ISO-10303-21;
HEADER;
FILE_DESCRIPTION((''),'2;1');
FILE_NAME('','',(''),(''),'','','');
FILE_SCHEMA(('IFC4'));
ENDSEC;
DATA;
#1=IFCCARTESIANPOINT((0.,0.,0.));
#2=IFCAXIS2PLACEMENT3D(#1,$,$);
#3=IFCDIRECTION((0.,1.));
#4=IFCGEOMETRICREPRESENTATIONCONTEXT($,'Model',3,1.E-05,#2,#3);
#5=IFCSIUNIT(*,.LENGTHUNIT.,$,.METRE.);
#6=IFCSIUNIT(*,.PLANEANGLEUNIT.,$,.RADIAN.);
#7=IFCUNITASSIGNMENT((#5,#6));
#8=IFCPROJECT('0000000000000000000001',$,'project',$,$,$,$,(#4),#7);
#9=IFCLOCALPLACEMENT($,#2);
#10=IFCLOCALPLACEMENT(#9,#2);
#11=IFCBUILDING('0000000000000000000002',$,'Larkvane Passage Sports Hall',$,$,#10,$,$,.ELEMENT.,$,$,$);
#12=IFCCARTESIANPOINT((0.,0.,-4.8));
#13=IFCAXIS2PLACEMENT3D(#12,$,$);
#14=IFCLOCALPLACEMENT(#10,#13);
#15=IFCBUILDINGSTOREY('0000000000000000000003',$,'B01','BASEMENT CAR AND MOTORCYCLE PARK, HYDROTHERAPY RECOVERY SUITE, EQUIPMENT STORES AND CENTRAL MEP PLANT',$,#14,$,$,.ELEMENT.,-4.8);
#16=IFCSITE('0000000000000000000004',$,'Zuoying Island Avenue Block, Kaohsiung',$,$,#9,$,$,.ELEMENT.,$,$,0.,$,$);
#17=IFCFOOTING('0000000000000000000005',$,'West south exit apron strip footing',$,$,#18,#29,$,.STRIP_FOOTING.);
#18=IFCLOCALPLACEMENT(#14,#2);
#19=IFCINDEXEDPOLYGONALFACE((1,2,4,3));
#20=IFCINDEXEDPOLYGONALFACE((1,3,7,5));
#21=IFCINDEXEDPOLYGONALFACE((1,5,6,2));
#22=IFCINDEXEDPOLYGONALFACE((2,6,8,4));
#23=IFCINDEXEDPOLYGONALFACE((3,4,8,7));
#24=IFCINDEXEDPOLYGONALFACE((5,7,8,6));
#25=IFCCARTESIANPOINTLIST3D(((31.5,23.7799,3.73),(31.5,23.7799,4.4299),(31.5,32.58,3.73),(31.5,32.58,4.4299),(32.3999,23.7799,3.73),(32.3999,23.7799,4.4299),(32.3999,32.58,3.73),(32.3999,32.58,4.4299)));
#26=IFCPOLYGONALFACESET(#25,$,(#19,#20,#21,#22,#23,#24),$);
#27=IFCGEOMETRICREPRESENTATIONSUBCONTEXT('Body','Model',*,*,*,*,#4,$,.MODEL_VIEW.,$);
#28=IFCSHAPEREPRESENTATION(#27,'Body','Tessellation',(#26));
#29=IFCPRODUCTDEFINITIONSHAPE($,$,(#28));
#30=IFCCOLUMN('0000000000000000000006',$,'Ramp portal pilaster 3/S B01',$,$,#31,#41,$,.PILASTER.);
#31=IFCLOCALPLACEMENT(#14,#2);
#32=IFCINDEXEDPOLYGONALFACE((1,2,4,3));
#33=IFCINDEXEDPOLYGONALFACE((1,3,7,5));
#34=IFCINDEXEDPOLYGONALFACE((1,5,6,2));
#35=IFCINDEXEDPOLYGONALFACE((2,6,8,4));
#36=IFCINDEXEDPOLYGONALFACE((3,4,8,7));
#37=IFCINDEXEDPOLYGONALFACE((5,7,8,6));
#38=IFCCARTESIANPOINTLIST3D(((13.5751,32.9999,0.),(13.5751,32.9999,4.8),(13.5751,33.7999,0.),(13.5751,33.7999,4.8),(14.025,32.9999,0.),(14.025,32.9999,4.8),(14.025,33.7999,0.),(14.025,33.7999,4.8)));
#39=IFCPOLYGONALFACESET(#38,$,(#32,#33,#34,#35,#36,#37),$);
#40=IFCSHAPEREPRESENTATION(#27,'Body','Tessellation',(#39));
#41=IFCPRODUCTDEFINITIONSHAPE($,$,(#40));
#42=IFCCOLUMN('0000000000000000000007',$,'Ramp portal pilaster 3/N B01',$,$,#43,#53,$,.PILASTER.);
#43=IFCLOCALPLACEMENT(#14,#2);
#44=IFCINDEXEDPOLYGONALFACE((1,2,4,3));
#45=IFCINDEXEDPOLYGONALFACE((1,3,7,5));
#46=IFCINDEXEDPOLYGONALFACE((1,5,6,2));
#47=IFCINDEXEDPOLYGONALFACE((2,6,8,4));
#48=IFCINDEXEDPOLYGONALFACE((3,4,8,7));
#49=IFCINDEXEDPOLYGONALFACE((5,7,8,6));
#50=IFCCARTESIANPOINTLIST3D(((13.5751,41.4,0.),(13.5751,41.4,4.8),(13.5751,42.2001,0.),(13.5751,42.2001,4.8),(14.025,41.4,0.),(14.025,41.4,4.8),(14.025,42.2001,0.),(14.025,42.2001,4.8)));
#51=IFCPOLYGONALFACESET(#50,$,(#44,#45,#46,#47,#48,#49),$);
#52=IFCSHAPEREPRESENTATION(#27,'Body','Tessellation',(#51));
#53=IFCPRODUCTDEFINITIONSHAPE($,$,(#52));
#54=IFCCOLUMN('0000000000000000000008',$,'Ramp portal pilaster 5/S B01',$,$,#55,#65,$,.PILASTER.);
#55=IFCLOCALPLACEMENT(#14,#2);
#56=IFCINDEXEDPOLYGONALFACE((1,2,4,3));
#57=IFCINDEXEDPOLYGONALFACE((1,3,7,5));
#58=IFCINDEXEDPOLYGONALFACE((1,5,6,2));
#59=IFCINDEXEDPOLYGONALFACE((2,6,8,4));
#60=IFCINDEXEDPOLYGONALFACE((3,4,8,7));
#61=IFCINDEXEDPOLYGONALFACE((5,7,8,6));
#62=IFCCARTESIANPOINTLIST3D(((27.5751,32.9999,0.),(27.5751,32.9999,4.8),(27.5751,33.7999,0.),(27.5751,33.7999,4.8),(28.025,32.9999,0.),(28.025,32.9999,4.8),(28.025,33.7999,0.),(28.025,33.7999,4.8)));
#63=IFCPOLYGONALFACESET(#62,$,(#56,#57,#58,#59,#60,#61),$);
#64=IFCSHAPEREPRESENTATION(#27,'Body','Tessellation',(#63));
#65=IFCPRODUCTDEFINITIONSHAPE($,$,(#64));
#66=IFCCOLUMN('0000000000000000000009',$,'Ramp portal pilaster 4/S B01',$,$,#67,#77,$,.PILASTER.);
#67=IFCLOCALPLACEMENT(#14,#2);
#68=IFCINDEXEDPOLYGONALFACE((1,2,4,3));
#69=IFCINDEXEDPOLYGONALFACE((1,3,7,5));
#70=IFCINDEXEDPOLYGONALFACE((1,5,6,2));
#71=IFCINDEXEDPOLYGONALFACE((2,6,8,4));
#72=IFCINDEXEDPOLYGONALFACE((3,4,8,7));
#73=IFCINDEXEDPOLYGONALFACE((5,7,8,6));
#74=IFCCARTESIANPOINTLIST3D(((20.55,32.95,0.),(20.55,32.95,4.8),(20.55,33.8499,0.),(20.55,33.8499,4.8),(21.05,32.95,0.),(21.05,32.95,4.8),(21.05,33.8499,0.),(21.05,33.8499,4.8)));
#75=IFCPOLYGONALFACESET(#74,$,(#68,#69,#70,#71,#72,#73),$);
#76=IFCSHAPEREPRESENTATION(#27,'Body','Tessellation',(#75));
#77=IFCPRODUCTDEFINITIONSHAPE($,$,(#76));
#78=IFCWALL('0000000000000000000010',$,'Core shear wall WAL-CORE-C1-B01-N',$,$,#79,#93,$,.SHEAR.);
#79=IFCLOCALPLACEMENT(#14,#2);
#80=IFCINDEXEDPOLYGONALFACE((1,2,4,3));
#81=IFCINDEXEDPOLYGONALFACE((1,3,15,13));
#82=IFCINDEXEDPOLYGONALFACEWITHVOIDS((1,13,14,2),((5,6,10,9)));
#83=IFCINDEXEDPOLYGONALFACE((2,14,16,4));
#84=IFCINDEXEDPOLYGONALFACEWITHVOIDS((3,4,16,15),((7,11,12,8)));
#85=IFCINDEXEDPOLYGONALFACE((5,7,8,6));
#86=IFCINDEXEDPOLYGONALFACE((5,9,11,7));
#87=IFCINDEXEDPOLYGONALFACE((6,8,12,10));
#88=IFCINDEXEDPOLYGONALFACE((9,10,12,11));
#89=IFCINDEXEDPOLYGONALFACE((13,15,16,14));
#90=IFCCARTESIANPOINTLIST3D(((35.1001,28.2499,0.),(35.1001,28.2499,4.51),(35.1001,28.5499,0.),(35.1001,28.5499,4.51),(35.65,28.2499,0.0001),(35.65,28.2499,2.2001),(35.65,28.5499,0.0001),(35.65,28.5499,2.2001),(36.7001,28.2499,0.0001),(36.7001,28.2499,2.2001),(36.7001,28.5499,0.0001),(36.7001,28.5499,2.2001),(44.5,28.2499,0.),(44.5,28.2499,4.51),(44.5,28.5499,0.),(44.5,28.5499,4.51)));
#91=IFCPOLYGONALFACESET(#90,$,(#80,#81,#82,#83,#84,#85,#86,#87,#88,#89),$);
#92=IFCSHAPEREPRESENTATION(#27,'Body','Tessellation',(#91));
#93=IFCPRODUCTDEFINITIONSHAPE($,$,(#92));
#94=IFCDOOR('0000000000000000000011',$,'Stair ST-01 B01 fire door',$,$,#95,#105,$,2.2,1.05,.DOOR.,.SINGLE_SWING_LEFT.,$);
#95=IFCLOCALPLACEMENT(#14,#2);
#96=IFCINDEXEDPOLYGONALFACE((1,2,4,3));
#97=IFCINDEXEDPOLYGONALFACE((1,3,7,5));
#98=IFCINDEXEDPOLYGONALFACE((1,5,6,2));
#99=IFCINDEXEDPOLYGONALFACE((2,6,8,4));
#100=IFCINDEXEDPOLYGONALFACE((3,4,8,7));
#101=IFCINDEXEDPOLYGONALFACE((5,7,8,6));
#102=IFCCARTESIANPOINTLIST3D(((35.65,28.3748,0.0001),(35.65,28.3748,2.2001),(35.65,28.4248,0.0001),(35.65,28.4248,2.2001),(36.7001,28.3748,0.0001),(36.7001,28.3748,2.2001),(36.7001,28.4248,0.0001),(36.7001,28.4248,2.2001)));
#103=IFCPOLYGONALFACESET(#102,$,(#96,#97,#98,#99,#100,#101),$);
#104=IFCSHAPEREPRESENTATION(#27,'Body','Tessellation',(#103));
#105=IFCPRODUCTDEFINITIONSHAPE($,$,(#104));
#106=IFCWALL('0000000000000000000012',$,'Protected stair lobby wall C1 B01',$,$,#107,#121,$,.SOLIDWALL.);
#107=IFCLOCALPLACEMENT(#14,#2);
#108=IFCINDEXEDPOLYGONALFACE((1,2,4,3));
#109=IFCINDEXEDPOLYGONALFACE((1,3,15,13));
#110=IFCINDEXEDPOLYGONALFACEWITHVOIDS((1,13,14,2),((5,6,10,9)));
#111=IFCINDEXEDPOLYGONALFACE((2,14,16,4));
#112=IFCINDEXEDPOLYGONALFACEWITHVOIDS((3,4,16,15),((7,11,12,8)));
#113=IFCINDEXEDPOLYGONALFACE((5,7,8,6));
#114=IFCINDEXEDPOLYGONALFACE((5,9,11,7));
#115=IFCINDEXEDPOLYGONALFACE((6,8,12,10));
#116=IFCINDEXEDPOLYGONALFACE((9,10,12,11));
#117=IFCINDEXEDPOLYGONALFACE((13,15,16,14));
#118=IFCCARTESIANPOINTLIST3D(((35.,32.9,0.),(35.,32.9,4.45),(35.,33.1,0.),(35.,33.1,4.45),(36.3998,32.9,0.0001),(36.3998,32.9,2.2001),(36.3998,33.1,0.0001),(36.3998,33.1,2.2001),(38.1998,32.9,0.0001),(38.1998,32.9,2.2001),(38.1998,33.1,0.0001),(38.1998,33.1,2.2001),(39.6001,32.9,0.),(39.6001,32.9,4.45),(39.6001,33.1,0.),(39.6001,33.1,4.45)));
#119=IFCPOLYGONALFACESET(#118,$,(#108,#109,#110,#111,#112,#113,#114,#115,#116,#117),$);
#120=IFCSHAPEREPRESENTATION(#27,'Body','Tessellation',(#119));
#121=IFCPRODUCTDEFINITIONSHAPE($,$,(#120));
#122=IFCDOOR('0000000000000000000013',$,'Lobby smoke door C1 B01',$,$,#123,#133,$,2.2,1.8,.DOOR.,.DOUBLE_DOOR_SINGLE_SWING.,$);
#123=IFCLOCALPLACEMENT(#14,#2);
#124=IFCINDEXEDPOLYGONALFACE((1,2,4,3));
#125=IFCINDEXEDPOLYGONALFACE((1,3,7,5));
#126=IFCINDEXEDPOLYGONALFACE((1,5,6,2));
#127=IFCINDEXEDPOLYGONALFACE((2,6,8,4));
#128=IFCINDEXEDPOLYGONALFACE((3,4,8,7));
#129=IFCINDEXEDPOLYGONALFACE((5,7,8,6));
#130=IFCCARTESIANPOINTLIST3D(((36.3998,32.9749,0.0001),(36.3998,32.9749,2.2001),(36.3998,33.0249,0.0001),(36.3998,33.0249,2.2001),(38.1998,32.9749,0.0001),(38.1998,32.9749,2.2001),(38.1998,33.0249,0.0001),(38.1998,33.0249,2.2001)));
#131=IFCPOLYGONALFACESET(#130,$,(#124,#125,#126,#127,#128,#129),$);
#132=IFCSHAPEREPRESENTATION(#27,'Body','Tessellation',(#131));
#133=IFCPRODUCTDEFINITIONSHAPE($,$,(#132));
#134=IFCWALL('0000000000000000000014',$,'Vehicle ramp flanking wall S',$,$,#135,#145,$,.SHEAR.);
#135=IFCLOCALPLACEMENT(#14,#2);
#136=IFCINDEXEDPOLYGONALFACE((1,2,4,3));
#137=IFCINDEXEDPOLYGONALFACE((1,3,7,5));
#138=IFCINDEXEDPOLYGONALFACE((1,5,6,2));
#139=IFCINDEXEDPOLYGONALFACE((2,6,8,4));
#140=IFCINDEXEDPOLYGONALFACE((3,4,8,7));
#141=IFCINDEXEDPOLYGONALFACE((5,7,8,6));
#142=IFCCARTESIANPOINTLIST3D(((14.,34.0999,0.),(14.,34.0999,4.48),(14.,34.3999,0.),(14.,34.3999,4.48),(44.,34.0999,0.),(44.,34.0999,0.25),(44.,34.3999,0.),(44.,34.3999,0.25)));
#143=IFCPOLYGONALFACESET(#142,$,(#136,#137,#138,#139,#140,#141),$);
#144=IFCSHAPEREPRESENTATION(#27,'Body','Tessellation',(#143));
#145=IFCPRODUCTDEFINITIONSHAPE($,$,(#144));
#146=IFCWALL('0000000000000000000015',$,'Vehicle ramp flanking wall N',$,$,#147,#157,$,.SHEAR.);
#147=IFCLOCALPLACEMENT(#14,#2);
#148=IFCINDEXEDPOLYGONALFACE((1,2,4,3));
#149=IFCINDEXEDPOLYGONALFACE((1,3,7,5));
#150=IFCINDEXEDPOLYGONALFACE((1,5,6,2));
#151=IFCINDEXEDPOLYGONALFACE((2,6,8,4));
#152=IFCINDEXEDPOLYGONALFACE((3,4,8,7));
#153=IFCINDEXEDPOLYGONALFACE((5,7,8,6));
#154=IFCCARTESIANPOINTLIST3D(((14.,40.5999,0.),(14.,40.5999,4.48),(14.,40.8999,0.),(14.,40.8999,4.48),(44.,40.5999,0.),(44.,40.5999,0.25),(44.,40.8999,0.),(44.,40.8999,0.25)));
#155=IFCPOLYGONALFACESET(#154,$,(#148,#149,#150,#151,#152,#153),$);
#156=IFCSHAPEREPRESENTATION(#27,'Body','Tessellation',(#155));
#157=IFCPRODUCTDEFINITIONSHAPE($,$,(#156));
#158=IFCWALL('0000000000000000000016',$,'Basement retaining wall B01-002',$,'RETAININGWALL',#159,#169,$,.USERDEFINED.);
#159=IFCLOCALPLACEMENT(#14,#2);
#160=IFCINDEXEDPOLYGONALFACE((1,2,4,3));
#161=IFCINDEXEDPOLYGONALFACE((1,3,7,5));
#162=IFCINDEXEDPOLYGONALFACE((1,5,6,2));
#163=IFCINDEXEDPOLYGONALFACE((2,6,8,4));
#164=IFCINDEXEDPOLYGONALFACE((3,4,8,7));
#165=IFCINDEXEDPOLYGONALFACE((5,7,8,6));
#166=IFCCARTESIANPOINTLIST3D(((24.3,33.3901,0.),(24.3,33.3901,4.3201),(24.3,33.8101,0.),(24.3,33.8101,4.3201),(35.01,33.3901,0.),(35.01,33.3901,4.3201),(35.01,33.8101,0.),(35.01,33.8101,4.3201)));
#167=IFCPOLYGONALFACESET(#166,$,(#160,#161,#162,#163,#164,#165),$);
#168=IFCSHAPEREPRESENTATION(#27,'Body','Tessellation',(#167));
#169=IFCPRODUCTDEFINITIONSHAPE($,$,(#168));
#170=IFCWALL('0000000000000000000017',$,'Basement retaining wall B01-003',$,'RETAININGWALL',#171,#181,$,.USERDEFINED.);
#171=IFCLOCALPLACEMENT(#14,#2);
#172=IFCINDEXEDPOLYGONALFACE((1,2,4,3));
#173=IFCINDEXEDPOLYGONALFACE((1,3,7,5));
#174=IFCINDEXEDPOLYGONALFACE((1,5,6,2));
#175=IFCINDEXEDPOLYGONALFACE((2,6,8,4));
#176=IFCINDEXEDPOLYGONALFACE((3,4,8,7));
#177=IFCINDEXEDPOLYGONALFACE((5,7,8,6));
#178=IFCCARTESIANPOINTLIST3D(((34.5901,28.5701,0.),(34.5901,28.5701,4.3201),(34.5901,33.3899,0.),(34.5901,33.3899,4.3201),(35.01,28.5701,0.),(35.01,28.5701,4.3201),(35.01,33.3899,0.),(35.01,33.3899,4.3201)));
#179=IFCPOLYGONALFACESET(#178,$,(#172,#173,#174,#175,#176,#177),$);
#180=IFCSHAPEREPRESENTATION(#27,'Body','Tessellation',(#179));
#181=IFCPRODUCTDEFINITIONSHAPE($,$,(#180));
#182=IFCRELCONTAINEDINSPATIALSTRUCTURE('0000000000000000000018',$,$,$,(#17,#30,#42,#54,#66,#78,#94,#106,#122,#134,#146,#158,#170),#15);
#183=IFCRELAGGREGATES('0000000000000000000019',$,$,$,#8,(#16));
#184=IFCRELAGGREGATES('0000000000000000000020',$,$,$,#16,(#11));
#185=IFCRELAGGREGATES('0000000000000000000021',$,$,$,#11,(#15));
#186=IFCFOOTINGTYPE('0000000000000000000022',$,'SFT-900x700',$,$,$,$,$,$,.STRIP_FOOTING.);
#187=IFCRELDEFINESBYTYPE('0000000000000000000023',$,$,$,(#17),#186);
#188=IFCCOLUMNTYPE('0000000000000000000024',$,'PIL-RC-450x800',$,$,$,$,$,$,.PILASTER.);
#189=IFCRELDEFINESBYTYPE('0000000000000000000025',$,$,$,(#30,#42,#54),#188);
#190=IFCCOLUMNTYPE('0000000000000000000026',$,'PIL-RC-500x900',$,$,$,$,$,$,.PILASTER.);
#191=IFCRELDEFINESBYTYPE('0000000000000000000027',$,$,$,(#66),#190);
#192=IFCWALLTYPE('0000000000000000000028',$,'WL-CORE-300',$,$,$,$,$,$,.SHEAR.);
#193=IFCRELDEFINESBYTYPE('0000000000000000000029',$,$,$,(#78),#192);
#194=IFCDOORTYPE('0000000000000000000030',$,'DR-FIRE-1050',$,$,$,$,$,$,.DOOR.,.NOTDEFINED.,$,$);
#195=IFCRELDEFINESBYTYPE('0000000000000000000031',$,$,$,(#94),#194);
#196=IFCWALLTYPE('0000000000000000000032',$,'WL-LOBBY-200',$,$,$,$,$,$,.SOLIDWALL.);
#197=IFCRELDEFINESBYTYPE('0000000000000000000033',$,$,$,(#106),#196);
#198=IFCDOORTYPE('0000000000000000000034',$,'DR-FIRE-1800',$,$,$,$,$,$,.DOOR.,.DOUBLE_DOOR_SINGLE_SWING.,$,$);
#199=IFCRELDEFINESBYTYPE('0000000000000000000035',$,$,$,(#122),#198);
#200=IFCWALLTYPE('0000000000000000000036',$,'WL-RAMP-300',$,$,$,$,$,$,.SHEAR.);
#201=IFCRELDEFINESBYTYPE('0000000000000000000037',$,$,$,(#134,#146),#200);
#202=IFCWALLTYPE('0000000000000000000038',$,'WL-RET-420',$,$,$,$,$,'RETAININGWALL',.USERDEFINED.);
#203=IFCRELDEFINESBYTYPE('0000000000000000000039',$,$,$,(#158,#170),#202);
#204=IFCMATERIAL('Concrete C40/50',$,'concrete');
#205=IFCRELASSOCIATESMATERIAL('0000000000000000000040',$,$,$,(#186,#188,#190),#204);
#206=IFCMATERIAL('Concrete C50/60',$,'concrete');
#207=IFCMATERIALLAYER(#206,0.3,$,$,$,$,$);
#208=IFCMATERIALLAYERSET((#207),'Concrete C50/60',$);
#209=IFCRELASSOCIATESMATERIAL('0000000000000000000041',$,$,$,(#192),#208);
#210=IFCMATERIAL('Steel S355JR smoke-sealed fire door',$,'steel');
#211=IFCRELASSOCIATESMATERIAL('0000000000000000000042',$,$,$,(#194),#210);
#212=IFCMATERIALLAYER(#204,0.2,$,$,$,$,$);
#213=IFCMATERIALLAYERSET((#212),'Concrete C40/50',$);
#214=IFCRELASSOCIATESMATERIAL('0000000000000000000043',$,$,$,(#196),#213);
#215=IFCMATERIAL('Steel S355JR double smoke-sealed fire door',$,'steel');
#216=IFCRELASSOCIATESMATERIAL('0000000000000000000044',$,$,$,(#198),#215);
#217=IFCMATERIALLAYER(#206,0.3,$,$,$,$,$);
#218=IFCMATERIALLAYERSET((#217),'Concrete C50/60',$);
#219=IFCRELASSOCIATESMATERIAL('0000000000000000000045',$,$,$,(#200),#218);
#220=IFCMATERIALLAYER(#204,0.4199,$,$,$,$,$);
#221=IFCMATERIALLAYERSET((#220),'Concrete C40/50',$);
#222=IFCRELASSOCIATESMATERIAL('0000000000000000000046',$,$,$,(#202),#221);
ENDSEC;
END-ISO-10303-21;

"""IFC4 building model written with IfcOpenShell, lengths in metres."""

from ifc_helpers import new_model, si_unit, direction, frame, frame_2d, origin, origin_2d, place, context, subcontext, project, spatial, polyline, rectangle, outline, extrude, material, layer, layer_set, material_profile, profile_set, type_object, element, fill, save


model = new_model("IFC4")

# Units and contexts
model_context = context("Model", 3, precision=1e-05, world=origin(), true_north=direction((0.0, 1.0)))
body_context = subcontext(model_context, "Body", "Model", "MODEL_VIEW")
ifc_project = project(units=[si_unit("LENGTHUNIT", "METRE"), si_unit("PLANEANGLEUNIT", "RADIAN")], contexts=[model_context])

# Site, building, storey
site_placement = place(None, origin())
site = spatial("IfcSite", under=ifc_project, at=site_placement, Name="Zuoying Island Avenue Block, Kaohsiung", CompositionType="ELEMENT", RefElevation=0.0)
building_placement = place(site_placement, origin())
building = spatial("IfcBuilding", under=site, at=building_placement, Name="Larkvane Passage Sports Hall", CompositionType="ELEMENT")
storey_placement = place(building_placement, frame((0.0, 0.0, -4.8)))
storey = spatial("IfcBuildingStorey", under=building, at=storey_placement, Name="B01", Description="BASEMENT CAR AND MOTORCYCLE PARK, HYDROTHERAPY RECOVERY SUITE, EQUIPMENT STORES AND CENTRAL MEP PLANT", CompositionType="ELEMENT", Elevation=-4.8)

# Shared definitions
ifc_material_1 = material(Name="Concrete C40/50", Category="concrete")

# Footing
footing_type_1 = type_object("IfcFootingType", Name="SFT-900x700", PredefinedType="STRIP_FOOTING", material=ifc_material_1)
footing_1_placement = place(storey_placement, frame((31.95, 28.1799, 3.73), z_axis=(0.0, 0.0, 1.0), x_axis=(1.0, 0.0, 0.0)))
element("IfcFooting", 1, at=footing_1_placement, inside=storey, type_object=footing_type_1, Name="West south exit apron strip footing", PredefinedType="STRIP_FOOTING", context=body_context, shape_type="SweptSolid", body=[
    extrude(rectangle(XDim=0.8999, YDim=8.8, at=origin_2d()), origin(), (0.0, 0.0, 1.0), 0.7),
])

# Columns
ifc_material_profile_1 = material_profile(ifc_material_1, rectangle(XDim=0.45, YDim=0.8, at=origin_2d()), Name="RC-PIL-450x800")
ifc_profile_set_1 = profile_set([ifc_material_profile_1], Name="Concrete C40/50")
column_type_1 = type_object("IfcColumnType", Name="PIL-RC-450x800", PredefinedType="PILASTER", material=ifc_profile_set_1)
for number, where, z_axis, x_axis, name in (
    (2, (13.8, 33.3999, 0.0), (0.0, 0.0, 1.0), (1.0, 0.0, 0.0), "Ramp portal pilaster 3/S B01"),
    (3, (13.8, 41.8, 0.0), (0.0, 0.0, 1.0), (1.0, 0.0, 0.0), "Ramp portal pilaster 3/N B01"),
    (4, (27.8, 33.3999, 0.0), (0.0, 0.0, 1.0), (1.0, 0.0, 0.0), "Ramp portal pilaster 5/S B01"),
):
    element("IfcColumn", number, at=place(storey_placement, frame(where, z_axis=z_axis, x_axis=x_axis)), inside=storey, type_object=column_type_1, Name=name, PredefinedType="PILASTER", context=body_context, shape_type="SweptSolid", body=[
        extrude(rectangle(XDim=0.45, YDim=0.8, at=origin_2d()), origin(), (0.0, 0.0, 1.0), 4.8),
    ])
ifc_material_profile_2 = material_profile(ifc_material_1, rectangle(XDim=0.5, YDim=0.8999, at=origin_2d()), Name="RC-PIL-500x900")
ifc_profile_set_2 = profile_set([ifc_material_profile_2], Name="Concrete C40/50")
column_type_2 = type_object("IfcColumnType", Name="PIL-RC-500x900", PredefinedType="PILASTER", material=ifc_profile_set_2)
column_placement = place(storey_placement, frame((20.8, 33.3999, 0.0), z_axis=(0.0, 0.0, 1.0), x_axis=(1.0, 0.0, 0.0)))
element("IfcColumn", 5, at=column_placement, inside=storey, type_object=column_type_2, Name="Ramp portal pilaster 4/S B01", PredefinedType="PILASTER", context=body_context, shape_type="SweptSolid", body=[
    extrude(rectangle(XDim=0.5, YDim=0.8999, at=origin_2d()), origin(), (0.0, 0.0, 1.0), 4.8),
])

# Walls, openings, doors
ifc_material_2 = material(Name="Concrete C50/60", Category="concrete")
ifc_layer_1 = layer(ifc_material_2, 0.3)
ifc_layer_set_1 = layer_set([ifc_layer_1], Name="Concrete C50/60")
wall_type_1 = type_object("IfcWallType", Name="WL-CORE-300", PredefinedType="SHEAR", material=ifc_layer_set_1)
wall_1_placement = place(storey_placement, frame((35.1001, 28.3999, 0.0), z_axis=(0.0, 0.0, 1.0), x_axis=(1.0, 0.0, 0.0)))
wall_1 = element("IfcWall", 6, at=wall_1_placement, inside=storey, type_object=wall_type_1, Name="Core shear wall WAL-CORE-C1-B01-N", PredefinedType="SHEAR", context=body_context, shape_type="SweptSolid", body=[
    extrude(rectangle(XDim=9.3999, YDim=0.3, at=frame_2d((4.7, 0.0))), origin(), (0.0, 0.0, 1.0), 4.51),
])
opening_1_placement = place(wall_1_placement, frame((0.55, 0.0, 0.0)))
opening_1 = element("IfcOpeningElement", 7, at=opening_1_placement, cuts=wall_1, PredefinedType="OPENING", context=body_context, shape_type="SweptSolid", body=[
    extrude(rectangle(XDim=1.05, YDim=2.2, at=frame_2d((0.5249, 1.1001))), frame((0.0, 0.1599, 0.0), z_axis=(0.0, -1.0, 0.0), x_axis=(1.0, 0.0, 0.0)), (0.0, 0.0, 1.0), 0.3201),
])
ifc_material_3 = material(Name="Steel S355JR smoke-sealed fire door", Category="steel")
door_type_1 = type_object("IfcDoorType", Name="DR-FIRE-1050", OperationType="NOTDEFINED", PredefinedType="DOOR", material=ifc_material_3)
door_1_placement = place(opening_1_placement, origin())
door_1 = element("IfcDoor", 8, at=door_1_placement, inside=storey, type_object=door_type_1, Name="Stair ST-01 B01 fire door", OperationType="SINGLE_SWING_LEFT", OverallHeight=2.2, OverallWidth=1.05, PredefinedType="DOOR", context=body_context, shape_type="SweptSolid", body=[
    extrude(rectangle(XDim=1.05, YDim=2.2, at=frame_2d((0.5249, 1.1001))), frame((0.0, 0.0249, 0.0), z_axis=(0.0, -1.0, 0.0), x_axis=(1.0, 0.0, 0.0)), (0.0, 0.0, 1.0), 0.05),
])
fill(opening_1, door_1)
ifc_layer_2 = layer(ifc_material_1, 0.2)
ifc_layer_set_2 = layer_set([ifc_layer_2], Name="Concrete C40/50")
wall_type_2 = type_object("IfcWallType", Name="WL-LOBBY-200", PredefinedType="SOLIDWALL", material=ifc_layer_set_2)
wall_2_placement = place(storey_placement, frame((35.0, 33.0, 0.0), z_axis=(0.0, 0.0, 1.0), x_axis=(1.0, 0.0, 0.0)))
wall_2 = element("IfcWall", 9, at=wall_2_placement, inside=storey, type_object=wall_type_2, Name="Protected stair lobby wall C1 B01", PredefinedType="SOLIDWALL", context=body_context, shape_type="SweptSolid", body=[
    extrude(rectangle(XDim=4.6001, YDim=0.2, at=frame_2d((2.3, 0.0))), origin(), (0.0, 0.0, 1.0), 4.45),
])
opening_2_placement = place(wall_2_placement, frame((1.3999, 0.0, 0.0)))
opening_2 = element("IfcOpeningElement", 10, at=opening_2_placement, cuts=wall_2, PredefinedType="OPENING", context=body_context, shape_type="SweptSolid", body=[
    extrude(rectangle(XDim=1.8, YDim=2.2, at=frame_2d((0.8999, 1.1001))), frame((0.0, 0.1099, 0.0), z_axis=(0.0, -1.0, 0.0), x_axis=(1.0, 0.0, 0.0)), (0.0, 0.0, 1.0), 0.22),
])
ifc_material_4 = material(Name="Steel S355JR double smoke-sealed fire door", Category="steel")
door_type_2 = type_object("IfcDoorType", Name="DR-FIRE-1800", OperationType="DOUBLE_DOOR_SINGLE_SWING", PredefinedType="DOOR", material=ifc_material_4)
door_2_placement = place(opening_2_placement, origin())
door_2 = element("IfcDoor", 11, at=door_2_placement, inside=storey, type_object=door_type_2, Name="Lobby smoke door C1 B01", OperationType="DOUBLE_DOOR_SINGLE_SWING", OverallHeight=2.2, OverallWidth=1.8, PredefinedType="DOOR", context=body_context, shape_type="SweptSolid", body=[
    extrude(rectangle(XDim=1.8, YDim=2.2, at=frame_2d((0.8999, 1.1001))), frame((0.0, 0.0249, 0.0), z_axis=(0.0, -1.0, 0.0), x_axis=(1.0, 0.0, 0.0)), (0.0, 0.0, 1.0), 0.05),
])
fill(opening_2, door_2)

# Walls
ifc_layer_3 = layer(ifc_material_2, 0.3)
ifc_layer_set_3 = layer_set([ifc_layer_3], Name="Concrete C50/60")
wall_type_3 = type_object("IfcWallType", Name="WL-RAMP-300", PredefinedType="SHEAR", material=ifc_layer_set_3)
for number, where, z_axis, x_axis, name in (
    (12, (14.0, 34.25, 0.0), (0.0, 0.0, 1.0), (1.0, 0.0, 0.0), "Vehicle ramp flanking wall S"),
    (13, (14.0, 40.75, 0.0), (0.0, 0.0, 1.0), (1.0, 0.0, 0.0), "Vehicle ramp flanking wall N"),
):
    element("IfcWall", number, at=place(storey_placement, frame(where, z_axis=z_axis, x_axis=x_axis)), inside=storey, type_object=wall_type_3, Name=name, PredefinedType="SHEAR", context=body_context, shape_type="SweptSolid", body=[
        extrude(outline(polyline([(0.0, 0.0), (30.0, 0.0), (30.0, 0.25), (0.0, 4.48), (0.0, 0.0)])), frame((0.0, 0.1499, 0.0), z_axis=(0.0, -1.0, 0.0), x_axis=(1.0, 0.0, 0.0)), (0.0, 0.0, 1.0), 0.3),
    ])
ifc_layer_4 = layer(ifc_material_1, 0.4199)
ifc_layer_set_4 = layer_set([ifc_layer_4], Name="Concrete C40/50")
wall_type_4 = type_object("IfcWallType", Name="WL-RET-420", ElementType="RETAININGWALL", PredefinedType="USERDEFINED", material=ifc_layer_set_4)
wall_3_placement = place(storey_placement, frame((24.3, 33.6001, 0.0), z_axis=(0.0, 0.0, 1.0), x_axis=(1.0, 0.0, 0.0)))
element("IfcWall", 14, at=wall_3_placement, inside=storey, type_object=wall_type_4, Name="Basement retaining wall B01-002", ObjectType="RETAININGWALL", PredefinedType="USERDEFINED", context=body_context, shape_type="SweptSolid", body=[
    extrude(rectangle(XDim=10.71, YDim=0.4199, at=frame_2d((5.355, 0.0))), origin(), (0.0, 0.0, 1.0), 4.3201),
])
wall_4_placement = place(storey_placement, frame((34.8, 33.3899, 0.0), z_axis=(0.0, 0.0, 1.0), x_axis=(0.0, -1.0, 0.0)))
element("IfcWall", 15, at=wall_4_placement, inside=storey, type_object=wall_type_4, Name="Basement retaining wall B01-003", ObjectType="RETAININGWALL", PredefinedType="USERDEFINED", context=body_context, shape_type="SweptSolid", body=[
    extrude(rectangle(XDim=4.8198, YDim=0.4199, at=frame_2d((2.4099, 0.0))), origin(), (0.0, 0.0, 1.0), 4.3201),
])

save(model, "model.ifc")
